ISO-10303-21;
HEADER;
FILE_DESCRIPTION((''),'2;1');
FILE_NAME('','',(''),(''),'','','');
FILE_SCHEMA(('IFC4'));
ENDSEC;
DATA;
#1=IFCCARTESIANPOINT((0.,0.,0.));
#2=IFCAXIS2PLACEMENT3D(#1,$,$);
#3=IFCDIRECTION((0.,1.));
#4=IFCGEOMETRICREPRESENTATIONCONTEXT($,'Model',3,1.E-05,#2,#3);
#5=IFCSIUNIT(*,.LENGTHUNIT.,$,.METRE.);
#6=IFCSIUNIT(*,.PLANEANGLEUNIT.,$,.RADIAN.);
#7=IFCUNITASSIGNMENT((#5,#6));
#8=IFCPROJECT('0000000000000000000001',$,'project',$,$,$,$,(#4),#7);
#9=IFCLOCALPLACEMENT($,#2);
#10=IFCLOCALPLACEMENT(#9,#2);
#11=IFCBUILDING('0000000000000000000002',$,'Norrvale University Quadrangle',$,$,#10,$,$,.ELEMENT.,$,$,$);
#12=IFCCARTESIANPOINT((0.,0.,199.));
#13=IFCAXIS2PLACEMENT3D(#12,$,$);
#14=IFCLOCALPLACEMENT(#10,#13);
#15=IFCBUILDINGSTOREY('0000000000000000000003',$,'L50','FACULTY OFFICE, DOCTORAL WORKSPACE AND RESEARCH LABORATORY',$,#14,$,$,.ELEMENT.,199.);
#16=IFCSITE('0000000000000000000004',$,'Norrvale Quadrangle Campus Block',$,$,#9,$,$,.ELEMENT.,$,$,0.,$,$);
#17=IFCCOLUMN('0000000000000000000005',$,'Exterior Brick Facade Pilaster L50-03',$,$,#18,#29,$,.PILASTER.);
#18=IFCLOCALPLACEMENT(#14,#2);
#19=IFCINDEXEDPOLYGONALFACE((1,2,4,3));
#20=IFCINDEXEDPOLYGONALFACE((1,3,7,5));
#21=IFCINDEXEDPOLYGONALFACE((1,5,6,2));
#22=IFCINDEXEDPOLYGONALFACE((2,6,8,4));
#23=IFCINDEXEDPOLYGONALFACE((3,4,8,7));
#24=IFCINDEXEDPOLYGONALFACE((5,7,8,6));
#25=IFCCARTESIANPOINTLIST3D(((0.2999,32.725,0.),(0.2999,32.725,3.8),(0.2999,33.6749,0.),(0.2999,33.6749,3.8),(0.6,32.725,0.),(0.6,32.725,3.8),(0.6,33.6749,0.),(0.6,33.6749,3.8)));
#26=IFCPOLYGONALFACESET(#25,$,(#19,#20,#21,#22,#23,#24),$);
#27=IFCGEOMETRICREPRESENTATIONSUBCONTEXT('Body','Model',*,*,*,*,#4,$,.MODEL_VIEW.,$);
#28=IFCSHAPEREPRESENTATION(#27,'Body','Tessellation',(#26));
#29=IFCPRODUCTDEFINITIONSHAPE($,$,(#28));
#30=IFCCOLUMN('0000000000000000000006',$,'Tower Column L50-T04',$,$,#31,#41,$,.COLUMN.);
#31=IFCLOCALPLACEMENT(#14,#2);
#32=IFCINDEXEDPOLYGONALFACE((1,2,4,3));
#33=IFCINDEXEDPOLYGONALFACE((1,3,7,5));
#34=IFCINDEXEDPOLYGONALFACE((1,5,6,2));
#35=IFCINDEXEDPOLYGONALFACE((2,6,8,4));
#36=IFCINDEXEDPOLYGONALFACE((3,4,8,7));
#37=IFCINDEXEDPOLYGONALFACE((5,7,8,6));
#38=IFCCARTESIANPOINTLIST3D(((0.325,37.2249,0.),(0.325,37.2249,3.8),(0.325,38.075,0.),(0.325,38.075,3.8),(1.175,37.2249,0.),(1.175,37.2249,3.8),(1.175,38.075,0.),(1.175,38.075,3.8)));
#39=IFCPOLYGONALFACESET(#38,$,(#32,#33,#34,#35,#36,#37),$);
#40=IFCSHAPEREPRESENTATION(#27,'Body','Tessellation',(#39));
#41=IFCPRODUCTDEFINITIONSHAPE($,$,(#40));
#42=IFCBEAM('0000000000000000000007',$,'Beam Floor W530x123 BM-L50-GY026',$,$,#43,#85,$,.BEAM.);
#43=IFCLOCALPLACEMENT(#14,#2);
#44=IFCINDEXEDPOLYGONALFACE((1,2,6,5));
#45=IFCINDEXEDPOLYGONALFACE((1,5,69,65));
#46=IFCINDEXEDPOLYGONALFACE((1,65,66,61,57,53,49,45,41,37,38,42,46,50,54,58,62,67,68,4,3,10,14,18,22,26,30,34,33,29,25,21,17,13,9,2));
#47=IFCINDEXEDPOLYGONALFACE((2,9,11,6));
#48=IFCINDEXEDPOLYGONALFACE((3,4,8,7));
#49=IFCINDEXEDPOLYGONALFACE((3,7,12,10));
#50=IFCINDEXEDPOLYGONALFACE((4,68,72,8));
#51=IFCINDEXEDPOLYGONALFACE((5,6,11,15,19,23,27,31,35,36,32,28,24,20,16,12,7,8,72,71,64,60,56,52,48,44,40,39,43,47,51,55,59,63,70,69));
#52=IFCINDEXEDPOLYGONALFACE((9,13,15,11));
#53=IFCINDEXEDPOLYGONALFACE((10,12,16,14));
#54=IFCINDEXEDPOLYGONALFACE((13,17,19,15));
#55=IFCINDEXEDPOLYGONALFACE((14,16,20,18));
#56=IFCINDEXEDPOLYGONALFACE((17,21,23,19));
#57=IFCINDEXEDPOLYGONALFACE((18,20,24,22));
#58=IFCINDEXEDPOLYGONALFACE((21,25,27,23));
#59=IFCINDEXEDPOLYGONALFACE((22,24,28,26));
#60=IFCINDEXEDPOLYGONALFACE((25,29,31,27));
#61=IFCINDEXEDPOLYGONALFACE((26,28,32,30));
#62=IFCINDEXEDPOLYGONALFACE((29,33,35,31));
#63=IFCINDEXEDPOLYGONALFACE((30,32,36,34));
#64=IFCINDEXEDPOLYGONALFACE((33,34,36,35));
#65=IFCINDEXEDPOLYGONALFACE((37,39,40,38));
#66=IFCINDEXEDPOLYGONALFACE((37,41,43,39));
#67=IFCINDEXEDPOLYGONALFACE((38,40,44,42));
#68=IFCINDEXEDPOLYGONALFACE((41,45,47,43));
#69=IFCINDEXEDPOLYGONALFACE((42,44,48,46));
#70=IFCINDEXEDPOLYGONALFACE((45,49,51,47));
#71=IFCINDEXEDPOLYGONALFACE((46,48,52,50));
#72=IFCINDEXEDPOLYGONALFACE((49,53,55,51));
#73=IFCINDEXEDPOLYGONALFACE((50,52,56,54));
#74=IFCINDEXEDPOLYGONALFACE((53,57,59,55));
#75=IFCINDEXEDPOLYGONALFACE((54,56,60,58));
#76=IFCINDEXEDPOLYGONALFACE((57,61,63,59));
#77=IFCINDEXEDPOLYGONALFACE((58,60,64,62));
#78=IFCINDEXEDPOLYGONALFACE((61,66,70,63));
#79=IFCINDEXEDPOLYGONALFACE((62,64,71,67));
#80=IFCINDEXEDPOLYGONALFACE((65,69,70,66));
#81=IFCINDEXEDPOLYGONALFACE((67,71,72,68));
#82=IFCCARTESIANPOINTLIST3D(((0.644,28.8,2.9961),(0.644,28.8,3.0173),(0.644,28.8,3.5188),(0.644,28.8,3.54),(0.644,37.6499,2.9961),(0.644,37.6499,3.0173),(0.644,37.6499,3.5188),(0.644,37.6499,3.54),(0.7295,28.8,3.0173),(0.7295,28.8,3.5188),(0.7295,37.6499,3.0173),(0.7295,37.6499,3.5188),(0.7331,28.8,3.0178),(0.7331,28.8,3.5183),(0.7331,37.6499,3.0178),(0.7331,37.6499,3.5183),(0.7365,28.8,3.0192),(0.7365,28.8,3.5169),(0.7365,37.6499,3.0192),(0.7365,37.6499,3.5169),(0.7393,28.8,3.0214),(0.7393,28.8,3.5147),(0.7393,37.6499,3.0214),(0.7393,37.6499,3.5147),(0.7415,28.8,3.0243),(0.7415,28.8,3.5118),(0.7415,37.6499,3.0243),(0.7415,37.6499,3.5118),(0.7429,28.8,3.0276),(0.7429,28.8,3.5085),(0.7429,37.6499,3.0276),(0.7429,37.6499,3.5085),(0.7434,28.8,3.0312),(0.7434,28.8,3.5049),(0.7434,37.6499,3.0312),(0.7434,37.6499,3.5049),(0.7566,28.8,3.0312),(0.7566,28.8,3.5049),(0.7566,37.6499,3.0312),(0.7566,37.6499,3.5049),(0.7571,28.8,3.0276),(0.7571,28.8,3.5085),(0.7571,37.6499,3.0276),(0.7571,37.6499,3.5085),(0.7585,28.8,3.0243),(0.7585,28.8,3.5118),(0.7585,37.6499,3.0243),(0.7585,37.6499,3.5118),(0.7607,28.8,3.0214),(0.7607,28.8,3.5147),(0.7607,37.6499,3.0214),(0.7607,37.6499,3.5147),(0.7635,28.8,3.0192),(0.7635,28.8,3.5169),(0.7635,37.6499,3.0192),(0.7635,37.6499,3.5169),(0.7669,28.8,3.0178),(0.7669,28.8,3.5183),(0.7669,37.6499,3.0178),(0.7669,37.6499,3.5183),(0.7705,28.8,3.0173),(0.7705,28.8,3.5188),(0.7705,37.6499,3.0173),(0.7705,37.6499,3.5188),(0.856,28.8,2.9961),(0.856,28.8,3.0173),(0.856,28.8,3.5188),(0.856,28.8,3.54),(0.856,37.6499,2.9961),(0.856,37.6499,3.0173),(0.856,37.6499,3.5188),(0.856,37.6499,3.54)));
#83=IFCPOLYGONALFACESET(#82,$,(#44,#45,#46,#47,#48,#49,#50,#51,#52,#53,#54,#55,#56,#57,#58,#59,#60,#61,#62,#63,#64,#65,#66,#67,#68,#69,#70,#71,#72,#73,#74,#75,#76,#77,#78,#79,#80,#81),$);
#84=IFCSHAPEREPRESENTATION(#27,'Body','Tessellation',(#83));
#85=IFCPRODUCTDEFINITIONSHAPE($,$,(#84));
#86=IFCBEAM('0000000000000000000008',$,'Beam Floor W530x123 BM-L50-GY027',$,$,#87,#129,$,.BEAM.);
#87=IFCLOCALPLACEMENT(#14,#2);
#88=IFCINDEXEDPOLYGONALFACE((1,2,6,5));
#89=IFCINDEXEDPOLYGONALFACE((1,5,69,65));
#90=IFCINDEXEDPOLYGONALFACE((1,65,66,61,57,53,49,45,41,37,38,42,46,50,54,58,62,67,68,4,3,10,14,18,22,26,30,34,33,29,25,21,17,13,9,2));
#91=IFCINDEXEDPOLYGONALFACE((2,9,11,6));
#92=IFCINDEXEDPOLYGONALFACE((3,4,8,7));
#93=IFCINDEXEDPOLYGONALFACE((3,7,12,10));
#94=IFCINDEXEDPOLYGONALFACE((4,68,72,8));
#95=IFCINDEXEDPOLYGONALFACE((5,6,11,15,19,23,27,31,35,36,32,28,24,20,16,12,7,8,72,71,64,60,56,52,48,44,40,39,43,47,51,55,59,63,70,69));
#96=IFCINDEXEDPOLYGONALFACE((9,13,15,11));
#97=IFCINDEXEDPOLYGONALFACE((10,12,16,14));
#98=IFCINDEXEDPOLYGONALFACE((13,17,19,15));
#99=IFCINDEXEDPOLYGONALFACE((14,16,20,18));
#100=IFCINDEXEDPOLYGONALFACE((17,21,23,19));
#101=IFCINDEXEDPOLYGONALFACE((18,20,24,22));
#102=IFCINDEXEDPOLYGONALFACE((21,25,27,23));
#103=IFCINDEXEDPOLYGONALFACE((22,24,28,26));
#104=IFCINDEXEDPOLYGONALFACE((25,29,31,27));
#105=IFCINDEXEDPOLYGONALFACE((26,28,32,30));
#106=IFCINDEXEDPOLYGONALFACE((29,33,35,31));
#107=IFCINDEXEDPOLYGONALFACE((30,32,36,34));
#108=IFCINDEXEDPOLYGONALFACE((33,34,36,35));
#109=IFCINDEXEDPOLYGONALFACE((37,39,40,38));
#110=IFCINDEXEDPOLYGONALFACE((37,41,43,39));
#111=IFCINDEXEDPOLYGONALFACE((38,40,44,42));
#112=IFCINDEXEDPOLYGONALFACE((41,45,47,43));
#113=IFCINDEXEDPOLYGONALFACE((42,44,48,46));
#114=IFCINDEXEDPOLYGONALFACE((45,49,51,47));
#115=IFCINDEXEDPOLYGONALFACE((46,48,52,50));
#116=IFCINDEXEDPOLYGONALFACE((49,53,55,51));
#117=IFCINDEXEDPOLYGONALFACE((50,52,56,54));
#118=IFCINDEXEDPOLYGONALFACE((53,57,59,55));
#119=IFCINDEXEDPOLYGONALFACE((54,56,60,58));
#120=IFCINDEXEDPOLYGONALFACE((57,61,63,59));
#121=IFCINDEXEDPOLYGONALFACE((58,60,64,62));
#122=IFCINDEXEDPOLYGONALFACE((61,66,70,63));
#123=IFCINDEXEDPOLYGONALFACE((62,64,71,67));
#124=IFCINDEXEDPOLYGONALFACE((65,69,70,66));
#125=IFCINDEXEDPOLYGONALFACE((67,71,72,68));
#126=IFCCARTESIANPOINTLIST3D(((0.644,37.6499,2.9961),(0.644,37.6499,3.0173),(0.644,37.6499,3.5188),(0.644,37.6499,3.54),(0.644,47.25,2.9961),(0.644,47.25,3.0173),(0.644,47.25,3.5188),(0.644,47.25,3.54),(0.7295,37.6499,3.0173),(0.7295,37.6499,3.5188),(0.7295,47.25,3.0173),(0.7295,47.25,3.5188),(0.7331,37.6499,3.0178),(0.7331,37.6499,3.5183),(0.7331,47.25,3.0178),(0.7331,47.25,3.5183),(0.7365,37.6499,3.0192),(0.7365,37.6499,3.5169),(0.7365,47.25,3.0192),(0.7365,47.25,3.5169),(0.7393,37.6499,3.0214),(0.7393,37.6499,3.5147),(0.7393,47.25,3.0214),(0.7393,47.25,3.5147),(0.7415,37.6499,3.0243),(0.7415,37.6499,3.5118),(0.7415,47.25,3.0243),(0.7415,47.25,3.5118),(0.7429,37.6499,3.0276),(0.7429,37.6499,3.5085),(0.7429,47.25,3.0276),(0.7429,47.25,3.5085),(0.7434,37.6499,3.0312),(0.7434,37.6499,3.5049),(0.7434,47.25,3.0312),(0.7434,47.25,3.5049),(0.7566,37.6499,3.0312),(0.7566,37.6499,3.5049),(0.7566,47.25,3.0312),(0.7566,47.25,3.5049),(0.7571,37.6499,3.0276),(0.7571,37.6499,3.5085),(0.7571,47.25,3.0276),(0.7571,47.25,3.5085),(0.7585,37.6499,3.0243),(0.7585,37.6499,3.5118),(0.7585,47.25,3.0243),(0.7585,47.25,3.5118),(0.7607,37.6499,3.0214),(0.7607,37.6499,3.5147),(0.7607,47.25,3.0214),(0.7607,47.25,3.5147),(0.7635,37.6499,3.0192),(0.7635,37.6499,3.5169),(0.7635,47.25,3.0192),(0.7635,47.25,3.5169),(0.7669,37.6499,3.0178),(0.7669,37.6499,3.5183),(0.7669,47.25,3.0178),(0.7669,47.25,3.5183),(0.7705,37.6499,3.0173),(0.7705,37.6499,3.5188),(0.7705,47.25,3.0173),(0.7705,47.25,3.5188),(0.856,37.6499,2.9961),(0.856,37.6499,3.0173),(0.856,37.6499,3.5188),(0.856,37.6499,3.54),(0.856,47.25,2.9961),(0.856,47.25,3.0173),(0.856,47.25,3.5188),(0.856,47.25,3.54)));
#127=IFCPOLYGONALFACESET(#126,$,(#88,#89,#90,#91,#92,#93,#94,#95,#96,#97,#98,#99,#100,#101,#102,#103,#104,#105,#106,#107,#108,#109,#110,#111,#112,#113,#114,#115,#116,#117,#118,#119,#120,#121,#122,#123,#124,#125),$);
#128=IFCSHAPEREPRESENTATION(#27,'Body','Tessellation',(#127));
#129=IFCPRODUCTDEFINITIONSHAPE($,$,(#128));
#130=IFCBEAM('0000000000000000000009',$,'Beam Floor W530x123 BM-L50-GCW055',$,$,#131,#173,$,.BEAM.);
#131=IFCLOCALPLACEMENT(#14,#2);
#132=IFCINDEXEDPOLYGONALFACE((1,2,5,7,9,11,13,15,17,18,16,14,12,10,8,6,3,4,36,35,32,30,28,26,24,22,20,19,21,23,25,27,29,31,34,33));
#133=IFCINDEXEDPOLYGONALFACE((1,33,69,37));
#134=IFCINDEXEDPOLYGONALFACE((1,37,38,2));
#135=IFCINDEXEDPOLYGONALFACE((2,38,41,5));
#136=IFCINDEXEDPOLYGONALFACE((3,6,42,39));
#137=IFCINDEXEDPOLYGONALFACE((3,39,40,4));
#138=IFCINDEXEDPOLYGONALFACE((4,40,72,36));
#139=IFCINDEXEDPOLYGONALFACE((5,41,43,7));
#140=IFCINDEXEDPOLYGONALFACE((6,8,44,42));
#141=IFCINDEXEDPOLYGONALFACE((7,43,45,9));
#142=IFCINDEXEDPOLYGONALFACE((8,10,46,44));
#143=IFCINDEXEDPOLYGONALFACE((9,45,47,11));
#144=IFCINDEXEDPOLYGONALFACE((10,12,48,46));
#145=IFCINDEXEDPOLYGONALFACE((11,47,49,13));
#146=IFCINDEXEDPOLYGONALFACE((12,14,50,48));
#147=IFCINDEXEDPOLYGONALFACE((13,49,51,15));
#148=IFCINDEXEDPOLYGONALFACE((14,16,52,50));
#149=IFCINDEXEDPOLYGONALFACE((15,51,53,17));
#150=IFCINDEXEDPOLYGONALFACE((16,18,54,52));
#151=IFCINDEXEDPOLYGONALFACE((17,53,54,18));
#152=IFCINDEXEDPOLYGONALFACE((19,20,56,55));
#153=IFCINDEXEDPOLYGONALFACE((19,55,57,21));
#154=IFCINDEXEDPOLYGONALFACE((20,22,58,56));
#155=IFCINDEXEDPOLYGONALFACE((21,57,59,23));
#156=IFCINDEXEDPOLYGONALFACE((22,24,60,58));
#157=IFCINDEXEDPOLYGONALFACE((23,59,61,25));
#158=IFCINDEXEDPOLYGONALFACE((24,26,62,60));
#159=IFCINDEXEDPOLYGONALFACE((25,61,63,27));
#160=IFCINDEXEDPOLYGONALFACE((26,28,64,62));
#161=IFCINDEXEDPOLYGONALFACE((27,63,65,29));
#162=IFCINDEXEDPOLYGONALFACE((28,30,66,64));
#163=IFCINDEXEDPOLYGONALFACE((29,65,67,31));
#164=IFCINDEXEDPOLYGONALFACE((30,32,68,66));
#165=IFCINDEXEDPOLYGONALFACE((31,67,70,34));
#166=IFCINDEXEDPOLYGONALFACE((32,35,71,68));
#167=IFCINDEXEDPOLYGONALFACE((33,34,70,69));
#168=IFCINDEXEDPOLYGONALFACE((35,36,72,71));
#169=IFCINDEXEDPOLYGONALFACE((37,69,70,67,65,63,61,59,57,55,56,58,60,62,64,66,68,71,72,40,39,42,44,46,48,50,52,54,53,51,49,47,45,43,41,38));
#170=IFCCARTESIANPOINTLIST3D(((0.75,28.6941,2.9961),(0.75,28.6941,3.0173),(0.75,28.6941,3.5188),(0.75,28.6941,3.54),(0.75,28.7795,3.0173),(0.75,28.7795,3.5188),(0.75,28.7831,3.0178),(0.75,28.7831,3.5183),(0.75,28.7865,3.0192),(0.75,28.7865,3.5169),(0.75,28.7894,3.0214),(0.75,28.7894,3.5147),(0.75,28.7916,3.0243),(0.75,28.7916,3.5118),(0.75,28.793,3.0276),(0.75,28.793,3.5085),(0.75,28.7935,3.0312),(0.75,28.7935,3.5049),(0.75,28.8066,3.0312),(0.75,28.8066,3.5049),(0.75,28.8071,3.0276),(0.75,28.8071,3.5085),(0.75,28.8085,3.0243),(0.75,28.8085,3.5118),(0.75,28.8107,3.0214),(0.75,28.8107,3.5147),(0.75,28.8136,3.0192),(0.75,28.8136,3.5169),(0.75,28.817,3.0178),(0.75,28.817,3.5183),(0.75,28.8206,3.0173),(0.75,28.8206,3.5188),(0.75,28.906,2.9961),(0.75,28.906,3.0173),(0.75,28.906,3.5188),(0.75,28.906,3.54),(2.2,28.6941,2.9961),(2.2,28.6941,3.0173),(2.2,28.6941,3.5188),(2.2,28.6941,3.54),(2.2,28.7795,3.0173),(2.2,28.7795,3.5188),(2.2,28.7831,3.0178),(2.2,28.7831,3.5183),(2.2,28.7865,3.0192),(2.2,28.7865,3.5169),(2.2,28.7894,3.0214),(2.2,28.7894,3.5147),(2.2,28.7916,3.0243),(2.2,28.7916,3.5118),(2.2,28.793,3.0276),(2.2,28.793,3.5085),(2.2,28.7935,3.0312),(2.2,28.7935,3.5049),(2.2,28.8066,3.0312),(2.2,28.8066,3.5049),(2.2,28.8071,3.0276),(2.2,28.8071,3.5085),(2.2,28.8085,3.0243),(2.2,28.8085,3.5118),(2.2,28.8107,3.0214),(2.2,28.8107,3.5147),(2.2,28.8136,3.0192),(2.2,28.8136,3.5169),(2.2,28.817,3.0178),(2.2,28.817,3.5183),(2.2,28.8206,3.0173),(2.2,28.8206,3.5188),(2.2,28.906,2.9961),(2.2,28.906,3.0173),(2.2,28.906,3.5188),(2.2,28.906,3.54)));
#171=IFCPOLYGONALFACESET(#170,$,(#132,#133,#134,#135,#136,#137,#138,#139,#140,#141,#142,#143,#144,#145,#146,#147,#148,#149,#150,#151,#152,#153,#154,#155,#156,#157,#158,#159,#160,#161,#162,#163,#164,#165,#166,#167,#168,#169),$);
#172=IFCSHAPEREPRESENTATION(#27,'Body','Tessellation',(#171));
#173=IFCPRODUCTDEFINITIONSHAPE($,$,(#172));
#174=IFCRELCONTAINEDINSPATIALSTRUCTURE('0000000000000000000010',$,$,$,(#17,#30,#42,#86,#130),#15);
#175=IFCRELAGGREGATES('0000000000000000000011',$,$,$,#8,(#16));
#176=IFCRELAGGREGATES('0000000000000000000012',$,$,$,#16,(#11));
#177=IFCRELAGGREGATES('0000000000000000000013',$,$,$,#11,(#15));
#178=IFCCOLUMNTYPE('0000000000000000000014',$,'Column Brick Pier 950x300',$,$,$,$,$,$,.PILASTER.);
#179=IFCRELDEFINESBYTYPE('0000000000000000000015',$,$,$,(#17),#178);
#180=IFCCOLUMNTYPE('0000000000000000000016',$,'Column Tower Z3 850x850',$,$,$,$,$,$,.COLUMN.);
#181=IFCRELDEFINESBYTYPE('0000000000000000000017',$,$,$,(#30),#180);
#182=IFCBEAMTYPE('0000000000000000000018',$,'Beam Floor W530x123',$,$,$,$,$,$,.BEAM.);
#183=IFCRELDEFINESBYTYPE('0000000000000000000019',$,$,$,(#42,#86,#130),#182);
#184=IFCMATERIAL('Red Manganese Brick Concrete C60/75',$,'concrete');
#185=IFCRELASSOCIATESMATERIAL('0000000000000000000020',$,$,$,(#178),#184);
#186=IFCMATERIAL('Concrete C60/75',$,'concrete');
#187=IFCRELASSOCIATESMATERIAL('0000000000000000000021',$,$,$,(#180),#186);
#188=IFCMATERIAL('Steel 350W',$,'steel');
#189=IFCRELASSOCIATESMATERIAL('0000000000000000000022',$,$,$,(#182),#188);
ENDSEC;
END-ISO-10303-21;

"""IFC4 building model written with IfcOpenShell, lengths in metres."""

from ifc_helpers import new_model, si_unit, direction, frame, origin, origin_2d, place, context, subcontext, project, spatial, rectangle, i_section, extrude, material, material_profile, profile_set, type_object, element, save


model = new_model("IFC4")

# Units and contexts
model_context = context("Model", 3, precision=1e-05, world=origin(), true_north=direction((0.0, 1.0)))
body_context = subcontext(model_context, "Body", "Model", "MODEL_VIEW")
ifc_project = project(units=[si_unit("LENGTHUNIT", "METRE"), si_unit("PLANEANGLEUNIT", "RADIAN")], contexts=[model_context])

# Site, building, storey
site_placement = place(None, origin())
site = spatial("IfcSite", under=ifc_project, at=site_placement, Name="Norrvale Quadrangle Campus Block", CompositionType="ELEMENT", RefElevation=0.0)
building_placement = place(site_placement, origin())
building = spatial("IfcBuilding", under=site, at=building_placement, Name="Norrvale University Quadrangle", CompositionType="ELEMENT")
storey_placement = place(building_placement, frame((0.0, 0.0, 199.0)))
storey = spatial("IfcBuildingStorey", under=building, at=storey_placement, Name="L50", Description="FACULTY OFFICE, DOCTORAL WORKSPACE AND RESEARCH LABORATORY", CompositionType="ELEMENT", Elevation=199.0)

# Columns
ifc_material_1 = material(Name="Red Manganese Brick Concrete C60/75", Category="concrete")
ifc_material_profile_1 = material_profile(ifc_material_1, rectangle(XDim=0.95, YDim=0.3, at=origin_2d()), Name="Red Manganese Brick Concrete C60/75")
ifc_profile_set_1 = profile_set([ifc_material_profile_1], Name="Red Manganese Brick Concrete C60/75")
column_type_1 = type_object("IfcColumnType", Name="Column Brick Pier 950x300", PredefinedType="PILASTER", material=ifc_profile_set_1)
column_1_placement = place(storey_placement, frame((0.45, 33.2, 0.0), z_axis=(0.0, 0.0, 1.0), x_axis=(0.0, 1.0, 0.0)))
element("IfcColumn", 1, at=column_1_placement, inside=storey, type_object=column_type_1, Name="Exterior Brick Facade Pilaster L50-03", PredefinedType="PILASTER", context=body_context, shape_type="SweptSolid", body=[
    extrude(rectangle(XDim=0.95, YDim=0.3, at=origin_2d()), origin(), (0.0, 0.0, 1.0), 3.8),
])
ifc_material_2 = material(Name="Concrete C60/75", Category="concrete")
ifc_material_profile_2 = material_profile(ifc_material_2, rectangle(XDim=0.8501, YDim=0.8501, at=origin_2d()), Name="Concrete C60/75")
ifc_profile_set_2 = profile_set([ifc_material_profile_2], Name="Concrete C60/75")
column_type_2 = type_object("IfcColumnType", Name="Column Tower Z3 850x850", PredefinedType="COLUMN", material=ifc_profile_set_2)
column_2_placement = place(storey_placement, frame((0.75, 37.6499, 0.0), z_axis=(0.0, 0.0, 1.0), x_axis=(1.0, 0.0, 0.0)))
element("IfcColumn", 2, at=column_2_placement, inside=storey, type_object=column_type_2, Name="Tower Column L50-T04", PredefinedType="COLUMN", context=body_context, shape_type="SweptSolid", body=[
    extrude(rectangle(XDim=0.8501, YDim=0.8501, at=origin_2d()), origin(), (0.0, 0.0, 1.0), 3.8),
])

# Beams
ifc_material_3 = material(Name="Steel 350W", Category="steel")
ifc_material_profile_3 = material_profile(ifc_material_3, i_section(OverallWidth=0.2119, OverallDepth=0.5439, WebThickness=0.0132, FlangeThickness=0.0212, FilletRadius=0.0139, at=origin_2d()), Name="Steel 350W")
ifc_profile_set_3 = profile_set([ifc_material_profile_3], Name="Steel 350W")
beam_type = type_object("IfcBeamType", Name="Beam Floor W530x123", PredefinedType="BEAM", material=ifc_profile_set_3)
beam_1_placement = place(storey_placement, frame((0.75, 28.8, 3.2681), z_axis=(0.0, 1.0, 0.0), x_axis=(-1.0, 0.0, 0.0)))
element("IfcBeam", 3, at=beam_1_placement, inside=storey, type_object=beam_type, Name="Beam Floor W530x123 BM-L50-GY026", PredefinedType="BEAM", context=body_context, shape_type="SweptSolid", body=[
    extrude(i_section(OverallWidth=0.2119, OverallDepth=0.5439, WebThickness=0.0132, FlangeThickness=0.0212, FilletRadius=0.0139, at=origin_2d()), origin(), (0.0, 0.0, 1.0), 8.8499),
])
beam_2_placement = place(storey_placement, frame((0.75, 37.6499, 3.2681), z_axis=(0.0, 1.0, 0.0), x_axis=(-1.0, 0.0, 0.0)))
element("IfcBeam", 4, at=beam_2_placement, inside=storey, type_object=beam_type, Name="Beam Floor W530x123 BM-L50-GY027", PredefinedType="BEAM", context=body_context, shape_type="SweptSolid", body=[
    extrude(i_section(OverallWidth=0.2119, OverallDepth=0.5439, WebThickness=0.0132, FlangeThickness=0.0212, FilletRadius=0.0139, at=origin_2d()), origin(), (0.0, 0.0, 1.0), 9.6001),
])
beam_3_placement = place(storey_placement, frame((0.75, 28.8, 3.2681), z_axis=(1.0, 0.0, 0.0), x_axis=(0.0, 1.0, 0.0)))
element("IfcBeam", 5, at=beam_3_placement, inside=storey, type_object=beam_type, Name="Beam Floor W530x123 BM-L50-GCW055", PredefinedType="BEAM", context=body_context, shape_type="SweptSolid", body=[
    extrude(i_section(OverallWidth=0.2119, OverallDepth=0.5439, WebThickness=0.0132, FlangeThickness=0.0212, FilletRadius=0.0139, at=origin_2d()), origin(), (0.0, 0.0, 1.0), 1.45),
])

save(model, "model.ifc")
